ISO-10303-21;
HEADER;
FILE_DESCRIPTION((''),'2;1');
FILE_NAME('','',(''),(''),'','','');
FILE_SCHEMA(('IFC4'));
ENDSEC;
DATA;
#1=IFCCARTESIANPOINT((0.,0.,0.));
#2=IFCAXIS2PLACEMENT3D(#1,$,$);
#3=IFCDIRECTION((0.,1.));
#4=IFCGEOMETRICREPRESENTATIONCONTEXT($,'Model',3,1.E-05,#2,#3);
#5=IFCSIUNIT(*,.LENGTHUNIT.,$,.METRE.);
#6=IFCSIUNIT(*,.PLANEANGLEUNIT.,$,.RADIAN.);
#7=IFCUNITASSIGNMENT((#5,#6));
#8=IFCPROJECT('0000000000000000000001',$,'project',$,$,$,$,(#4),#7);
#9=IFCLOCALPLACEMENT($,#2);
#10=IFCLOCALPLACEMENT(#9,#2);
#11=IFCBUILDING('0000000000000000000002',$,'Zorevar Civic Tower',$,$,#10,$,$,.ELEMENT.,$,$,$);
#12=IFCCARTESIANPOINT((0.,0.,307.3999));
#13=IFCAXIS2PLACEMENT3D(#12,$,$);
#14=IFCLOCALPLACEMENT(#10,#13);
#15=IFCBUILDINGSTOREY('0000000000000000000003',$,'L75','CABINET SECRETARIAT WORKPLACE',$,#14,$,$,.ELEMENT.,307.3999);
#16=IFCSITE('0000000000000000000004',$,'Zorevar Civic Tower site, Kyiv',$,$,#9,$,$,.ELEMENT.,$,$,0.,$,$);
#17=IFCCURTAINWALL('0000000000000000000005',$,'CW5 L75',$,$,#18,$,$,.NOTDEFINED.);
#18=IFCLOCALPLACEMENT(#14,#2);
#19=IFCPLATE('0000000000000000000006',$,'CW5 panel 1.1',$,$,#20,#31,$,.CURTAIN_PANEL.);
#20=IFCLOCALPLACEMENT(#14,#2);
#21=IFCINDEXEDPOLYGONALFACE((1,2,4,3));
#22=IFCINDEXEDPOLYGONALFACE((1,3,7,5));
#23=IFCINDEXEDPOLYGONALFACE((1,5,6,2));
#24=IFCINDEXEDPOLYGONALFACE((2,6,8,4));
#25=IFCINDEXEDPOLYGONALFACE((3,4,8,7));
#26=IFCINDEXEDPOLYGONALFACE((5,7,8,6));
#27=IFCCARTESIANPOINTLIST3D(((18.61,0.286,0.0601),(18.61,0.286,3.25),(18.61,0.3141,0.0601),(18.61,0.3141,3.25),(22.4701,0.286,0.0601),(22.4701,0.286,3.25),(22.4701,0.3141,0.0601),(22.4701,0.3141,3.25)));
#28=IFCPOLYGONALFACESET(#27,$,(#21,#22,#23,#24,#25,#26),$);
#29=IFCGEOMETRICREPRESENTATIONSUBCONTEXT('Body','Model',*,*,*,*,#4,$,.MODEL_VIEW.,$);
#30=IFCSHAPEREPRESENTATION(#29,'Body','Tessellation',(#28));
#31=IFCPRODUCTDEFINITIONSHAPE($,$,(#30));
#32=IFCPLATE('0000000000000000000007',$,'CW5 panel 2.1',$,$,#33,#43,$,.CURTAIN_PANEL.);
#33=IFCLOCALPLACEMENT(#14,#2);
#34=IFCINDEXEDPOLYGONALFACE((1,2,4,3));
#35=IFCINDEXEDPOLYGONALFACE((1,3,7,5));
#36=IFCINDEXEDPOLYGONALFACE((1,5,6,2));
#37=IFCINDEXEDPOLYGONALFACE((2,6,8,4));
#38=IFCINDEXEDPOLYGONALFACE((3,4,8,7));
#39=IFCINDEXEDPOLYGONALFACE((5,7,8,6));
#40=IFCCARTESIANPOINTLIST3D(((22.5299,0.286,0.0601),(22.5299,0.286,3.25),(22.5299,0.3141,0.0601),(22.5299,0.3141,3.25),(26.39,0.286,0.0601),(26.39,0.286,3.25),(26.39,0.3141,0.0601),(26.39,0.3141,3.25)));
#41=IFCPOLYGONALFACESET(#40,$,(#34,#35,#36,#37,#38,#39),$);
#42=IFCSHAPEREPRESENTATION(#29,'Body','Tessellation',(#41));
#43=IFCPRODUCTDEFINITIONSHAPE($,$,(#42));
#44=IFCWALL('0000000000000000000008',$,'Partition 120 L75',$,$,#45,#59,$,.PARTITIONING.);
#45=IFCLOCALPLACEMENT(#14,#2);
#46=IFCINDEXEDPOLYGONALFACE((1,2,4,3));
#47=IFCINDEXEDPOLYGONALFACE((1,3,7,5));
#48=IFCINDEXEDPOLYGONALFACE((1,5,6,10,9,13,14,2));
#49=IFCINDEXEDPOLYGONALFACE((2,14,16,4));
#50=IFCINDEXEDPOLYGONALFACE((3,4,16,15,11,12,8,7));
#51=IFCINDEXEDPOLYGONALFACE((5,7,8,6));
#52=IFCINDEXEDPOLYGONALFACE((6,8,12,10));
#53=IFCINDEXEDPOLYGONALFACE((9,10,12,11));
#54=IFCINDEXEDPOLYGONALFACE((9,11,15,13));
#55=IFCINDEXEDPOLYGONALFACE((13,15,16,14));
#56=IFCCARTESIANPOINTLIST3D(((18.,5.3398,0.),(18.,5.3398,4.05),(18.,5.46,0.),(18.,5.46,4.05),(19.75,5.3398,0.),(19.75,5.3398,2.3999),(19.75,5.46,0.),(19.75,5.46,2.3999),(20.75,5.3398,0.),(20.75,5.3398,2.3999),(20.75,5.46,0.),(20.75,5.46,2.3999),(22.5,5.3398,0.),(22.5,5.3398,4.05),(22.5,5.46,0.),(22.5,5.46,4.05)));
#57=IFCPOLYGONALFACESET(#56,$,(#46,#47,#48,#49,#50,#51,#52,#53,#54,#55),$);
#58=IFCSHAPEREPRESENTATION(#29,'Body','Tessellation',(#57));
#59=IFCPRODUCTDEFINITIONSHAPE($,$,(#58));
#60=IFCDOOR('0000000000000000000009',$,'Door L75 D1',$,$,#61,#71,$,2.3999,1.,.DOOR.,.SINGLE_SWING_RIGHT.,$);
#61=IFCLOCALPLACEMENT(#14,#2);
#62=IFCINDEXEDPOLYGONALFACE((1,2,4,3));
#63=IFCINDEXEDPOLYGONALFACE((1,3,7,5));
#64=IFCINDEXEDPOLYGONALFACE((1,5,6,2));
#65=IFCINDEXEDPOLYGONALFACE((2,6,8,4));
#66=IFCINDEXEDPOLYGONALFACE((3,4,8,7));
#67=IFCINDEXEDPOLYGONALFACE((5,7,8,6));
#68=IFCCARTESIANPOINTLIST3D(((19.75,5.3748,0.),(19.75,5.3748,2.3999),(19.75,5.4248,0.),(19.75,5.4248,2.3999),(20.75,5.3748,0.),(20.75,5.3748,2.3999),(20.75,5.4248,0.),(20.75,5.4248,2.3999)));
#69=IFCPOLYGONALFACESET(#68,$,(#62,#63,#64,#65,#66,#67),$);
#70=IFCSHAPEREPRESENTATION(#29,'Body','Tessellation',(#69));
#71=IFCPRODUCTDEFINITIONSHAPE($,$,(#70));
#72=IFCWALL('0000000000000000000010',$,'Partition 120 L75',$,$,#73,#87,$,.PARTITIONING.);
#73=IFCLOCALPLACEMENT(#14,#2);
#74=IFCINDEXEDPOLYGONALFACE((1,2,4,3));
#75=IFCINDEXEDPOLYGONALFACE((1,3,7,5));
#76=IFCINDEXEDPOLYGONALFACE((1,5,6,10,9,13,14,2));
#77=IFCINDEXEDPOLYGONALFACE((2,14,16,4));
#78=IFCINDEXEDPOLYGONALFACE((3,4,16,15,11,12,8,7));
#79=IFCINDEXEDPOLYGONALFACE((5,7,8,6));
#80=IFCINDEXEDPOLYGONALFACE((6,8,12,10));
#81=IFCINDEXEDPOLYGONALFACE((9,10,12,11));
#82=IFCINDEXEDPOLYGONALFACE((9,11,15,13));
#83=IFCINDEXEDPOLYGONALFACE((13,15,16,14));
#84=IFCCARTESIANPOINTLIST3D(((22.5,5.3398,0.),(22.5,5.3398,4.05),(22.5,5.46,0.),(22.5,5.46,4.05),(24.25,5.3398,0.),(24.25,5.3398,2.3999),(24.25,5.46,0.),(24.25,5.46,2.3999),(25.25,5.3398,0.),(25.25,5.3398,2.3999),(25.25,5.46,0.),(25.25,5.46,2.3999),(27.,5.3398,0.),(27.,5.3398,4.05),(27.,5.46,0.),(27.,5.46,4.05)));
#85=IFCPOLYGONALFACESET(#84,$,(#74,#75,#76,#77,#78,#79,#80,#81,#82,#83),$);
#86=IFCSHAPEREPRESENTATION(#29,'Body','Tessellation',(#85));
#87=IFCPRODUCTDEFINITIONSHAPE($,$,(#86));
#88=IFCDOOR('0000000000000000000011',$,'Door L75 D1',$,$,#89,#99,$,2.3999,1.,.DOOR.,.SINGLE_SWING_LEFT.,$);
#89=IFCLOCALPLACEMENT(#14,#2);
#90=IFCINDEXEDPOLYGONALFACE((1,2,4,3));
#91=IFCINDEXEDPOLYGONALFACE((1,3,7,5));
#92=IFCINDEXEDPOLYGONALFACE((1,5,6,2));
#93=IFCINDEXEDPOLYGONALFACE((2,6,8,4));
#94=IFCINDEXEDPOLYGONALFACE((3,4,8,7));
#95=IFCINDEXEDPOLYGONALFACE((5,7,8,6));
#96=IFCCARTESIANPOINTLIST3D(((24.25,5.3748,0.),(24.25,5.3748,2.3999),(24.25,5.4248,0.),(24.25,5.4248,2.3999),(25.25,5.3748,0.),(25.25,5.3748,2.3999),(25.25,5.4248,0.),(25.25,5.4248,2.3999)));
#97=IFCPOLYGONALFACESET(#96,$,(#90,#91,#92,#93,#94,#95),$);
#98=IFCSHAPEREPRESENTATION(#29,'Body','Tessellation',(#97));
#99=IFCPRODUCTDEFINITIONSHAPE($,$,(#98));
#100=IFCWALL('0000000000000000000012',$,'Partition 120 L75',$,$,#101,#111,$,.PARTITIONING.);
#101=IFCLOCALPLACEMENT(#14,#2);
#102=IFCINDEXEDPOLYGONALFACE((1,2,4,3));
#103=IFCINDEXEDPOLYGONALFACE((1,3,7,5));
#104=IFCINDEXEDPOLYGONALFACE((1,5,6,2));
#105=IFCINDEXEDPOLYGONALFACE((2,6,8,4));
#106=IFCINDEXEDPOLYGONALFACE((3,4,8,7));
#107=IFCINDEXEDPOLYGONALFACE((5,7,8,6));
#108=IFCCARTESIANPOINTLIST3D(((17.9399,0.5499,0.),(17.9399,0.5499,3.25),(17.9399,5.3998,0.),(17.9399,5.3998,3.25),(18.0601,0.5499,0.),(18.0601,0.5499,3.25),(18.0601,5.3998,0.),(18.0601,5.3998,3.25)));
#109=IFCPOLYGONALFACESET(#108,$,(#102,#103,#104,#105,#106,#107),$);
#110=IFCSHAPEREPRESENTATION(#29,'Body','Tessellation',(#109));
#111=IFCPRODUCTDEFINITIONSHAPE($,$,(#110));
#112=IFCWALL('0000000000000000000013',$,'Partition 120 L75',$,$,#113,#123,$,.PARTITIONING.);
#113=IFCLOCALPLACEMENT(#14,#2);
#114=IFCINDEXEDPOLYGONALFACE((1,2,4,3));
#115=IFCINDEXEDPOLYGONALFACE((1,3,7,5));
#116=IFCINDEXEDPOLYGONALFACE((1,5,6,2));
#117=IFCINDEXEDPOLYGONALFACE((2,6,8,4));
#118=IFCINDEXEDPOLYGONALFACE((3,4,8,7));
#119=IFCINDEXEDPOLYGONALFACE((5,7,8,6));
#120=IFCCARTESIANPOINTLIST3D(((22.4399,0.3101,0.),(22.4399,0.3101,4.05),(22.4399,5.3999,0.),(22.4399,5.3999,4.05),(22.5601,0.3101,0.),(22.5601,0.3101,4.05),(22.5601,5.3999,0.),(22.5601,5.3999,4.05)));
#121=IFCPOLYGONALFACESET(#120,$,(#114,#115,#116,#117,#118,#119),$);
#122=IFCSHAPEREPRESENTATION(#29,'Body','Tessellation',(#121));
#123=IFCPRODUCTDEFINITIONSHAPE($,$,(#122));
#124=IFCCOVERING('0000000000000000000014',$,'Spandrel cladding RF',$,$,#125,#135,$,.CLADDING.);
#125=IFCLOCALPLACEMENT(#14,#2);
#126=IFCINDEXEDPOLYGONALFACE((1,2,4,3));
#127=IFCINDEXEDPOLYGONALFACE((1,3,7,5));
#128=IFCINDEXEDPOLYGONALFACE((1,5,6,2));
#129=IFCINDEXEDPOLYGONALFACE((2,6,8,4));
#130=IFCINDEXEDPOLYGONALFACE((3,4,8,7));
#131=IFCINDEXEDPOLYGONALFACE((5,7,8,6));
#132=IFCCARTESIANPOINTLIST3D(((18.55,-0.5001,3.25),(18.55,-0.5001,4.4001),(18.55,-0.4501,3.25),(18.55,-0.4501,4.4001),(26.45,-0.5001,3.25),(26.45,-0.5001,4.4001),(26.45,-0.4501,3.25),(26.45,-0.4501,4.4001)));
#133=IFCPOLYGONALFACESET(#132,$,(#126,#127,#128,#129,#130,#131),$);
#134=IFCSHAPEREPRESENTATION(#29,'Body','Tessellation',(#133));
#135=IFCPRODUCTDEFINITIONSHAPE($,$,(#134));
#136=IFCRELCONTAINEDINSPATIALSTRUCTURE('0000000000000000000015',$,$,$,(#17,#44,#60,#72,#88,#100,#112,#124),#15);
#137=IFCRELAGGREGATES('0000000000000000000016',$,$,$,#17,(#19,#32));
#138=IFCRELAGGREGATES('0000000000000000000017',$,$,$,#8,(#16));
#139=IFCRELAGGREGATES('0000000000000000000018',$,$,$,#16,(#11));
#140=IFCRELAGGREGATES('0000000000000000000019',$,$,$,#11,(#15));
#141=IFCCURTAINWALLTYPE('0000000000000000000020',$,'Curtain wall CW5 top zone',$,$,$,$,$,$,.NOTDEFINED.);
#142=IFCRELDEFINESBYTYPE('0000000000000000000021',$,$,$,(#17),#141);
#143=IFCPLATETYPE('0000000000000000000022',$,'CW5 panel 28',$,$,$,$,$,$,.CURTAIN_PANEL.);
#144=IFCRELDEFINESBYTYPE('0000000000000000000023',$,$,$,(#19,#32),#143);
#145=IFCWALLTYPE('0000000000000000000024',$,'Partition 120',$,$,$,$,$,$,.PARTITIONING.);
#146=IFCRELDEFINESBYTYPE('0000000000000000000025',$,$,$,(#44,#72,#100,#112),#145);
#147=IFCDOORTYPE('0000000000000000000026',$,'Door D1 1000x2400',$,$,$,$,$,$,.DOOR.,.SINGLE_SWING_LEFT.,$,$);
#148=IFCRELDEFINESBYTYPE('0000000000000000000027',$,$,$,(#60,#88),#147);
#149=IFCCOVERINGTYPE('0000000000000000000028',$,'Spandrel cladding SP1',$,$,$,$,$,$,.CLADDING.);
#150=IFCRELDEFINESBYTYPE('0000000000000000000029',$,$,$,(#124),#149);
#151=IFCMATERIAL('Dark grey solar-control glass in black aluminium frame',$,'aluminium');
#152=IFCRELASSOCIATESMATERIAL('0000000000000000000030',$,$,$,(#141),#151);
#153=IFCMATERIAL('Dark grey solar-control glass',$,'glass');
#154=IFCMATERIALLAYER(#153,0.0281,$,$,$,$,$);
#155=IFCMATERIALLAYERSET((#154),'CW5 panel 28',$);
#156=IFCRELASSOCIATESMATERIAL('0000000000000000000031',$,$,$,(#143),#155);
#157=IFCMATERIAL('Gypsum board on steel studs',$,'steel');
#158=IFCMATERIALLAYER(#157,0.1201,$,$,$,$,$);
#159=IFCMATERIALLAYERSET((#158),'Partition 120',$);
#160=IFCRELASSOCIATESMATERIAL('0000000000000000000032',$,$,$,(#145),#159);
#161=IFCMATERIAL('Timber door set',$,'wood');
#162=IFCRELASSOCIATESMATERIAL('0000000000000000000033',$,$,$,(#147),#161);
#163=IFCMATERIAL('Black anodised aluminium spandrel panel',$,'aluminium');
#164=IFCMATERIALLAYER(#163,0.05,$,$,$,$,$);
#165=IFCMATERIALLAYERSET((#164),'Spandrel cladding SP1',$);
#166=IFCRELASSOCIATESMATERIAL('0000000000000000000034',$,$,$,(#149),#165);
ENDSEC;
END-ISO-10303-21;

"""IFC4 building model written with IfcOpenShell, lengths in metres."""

from ifc_helpers import new_model, si_unit, direction, frame, frame_2d, origin, origin_2d, place, context, subcontext, project, spatial, rectangle, extrude, material, layer, layer_set, type_object, element, fill, aggregate, save


model = new_model("IFC4")

# Units and contexts
model_context = context("Model", 3, precision=1e-05, world=origin(), true_north=direction((0.0, 1.0)))
body_context = subcontext(model_context, "Body", "Model", "MODEL_VIEW")
ifc_project = project(units=[si_unit("LENGTHUNIT", "METRE"), si_unit("PLANEANGLEUNIT", "RADIAN")], contexts=[model_context])

# Site, building, storey
site_placement = place(None, origin())
site = spatial("IfcSite", under=ifc_project, at=site_placement, Name="Zorevar Civic Tower site, Kyiv", CompositionType="ELEMENT", RefElevation=0.0)
building_placement = place(site_placement, origin())
building = spatial("IfcBuilding", under=site, at=building_placement, Name="Zorevar Civic Tower", CompositionType="ELEMENT")
storey_placement = place(building_placement, frame((0.0, 0.0, 307.3999)))
storey = spatial("IfcBuildingStorey", under=building, at=storey_placement, Name="L75", Description="CABINET SECRETARIAT WORKPLACE", CompositionType="ELEMENT", Elevation=307.3999)

# Curtain wall
ifc_material_1 = material(Name="Dark grey solar-control glass in black aluminium frame", Category="aluminium")
curtain_wall_type = type_object("IfcCurtainWallType", Name="Curtain wall CW5 top zone", PredefinedType="NOTDEFINED", material=ifc_material_1)
curtain_wall_placement = place(storey_placement, origin())
curtain_wall = element("IfcCurtainWall", 1, at=curtain_wall_placement, inside=storey, type_object=curtain_wall_type, Name="CW5 L75", PredefinedType="NOTDEFINED")

# Plates
ifc_material_2 = material(Name="Dark grey solar-control glass", Category="glass")
ifc_layer_1 = layer(ifc_material_2, 0.0281)
ifc_layer_set_1 = layer_set([ifc_layer_1], Name="CW5 panel 28")
plate_type = type_object("IfcPlateType", Name="CW5 panel 28", PredefinedType="CURTAIN_PANEL", material=ifc_layer_set_1)
plate_1_placement = place(storey_placement, frame((20.54, 0.3, 0.0601), z_axis=(0.0, 0.0, 1.0), x_axis=(1.0, 0.0, 0.0)))
plate_1 = element("IfcPlate", 2, at=plate_1_placement, type_object=plate_type, Name="CW5 panel 1.1", PredefinedType="CURTAIN_PANEL", context=body_context, shape_type="SweptSolid", body=[
    extrude(rectangle(XDim=3.8601, YDim=0.0281, at=origin_2d()), origin(), (0.0, 0.0, 1.0), 3.1899),
])
plate_2_placement = place(storey_placement, frame((24.46, 0.3, 0.0601), z_axis=(0.0, 0.0, 1.0), x_axis=(1.0, 0.0, 0.0)))
plate_2 = element("IfcPlate", 3, at=plate_2_placement, type_object=plate_type, Name="CW5 panel 2.1", PredefinedType="CURTAIN_PANEL", context=body_context, shape_type="SweptSolid", body=[
    extrude(rectangle(XDim=3.8601, YDim=0.0281, at=origin_2d()), origin(), (0.0, 0.0, 1.0), 3.1899),
])
aggregate(curtain_wall, [plate_1, plate_2])

# Walls, openings, doors
ifc_material_3 = material(Name="Gypsum board on steel studs", Category="steel")
ifc_layer_2 = layer(ifc_material_3, 0.1201)
ifc_layer_set_2 = layer_set([ifc_layer_2], Name="Partition 120")
wall_type = type_object("IfcWallType", Name="Partition 120", PredefinedType="PARTITIONING", material=ifc_layer_set_2)
wall_1_placement = place(storey_placement, frame((18.0, 5.3999, 0.0), z_axis=(0.0, 0.0, 1.0), x_axis=(1.0, 0.0, 0.0)))
wall_1 = element("IfcWall", 4, at=wall_1_placement, inside=storey, type_object=wall_type, Name="Partition 120 L75", PredefinedType="PARTITIONING", context=body_context, shape_type="SweptSolid", body=[
    extrude(rectangle(XDim=4.5, YDim=0.1201, at=frame_2d((2.25, 0.0))), origin(), (0.0, 0.0, 1.0), 4.05),
])
opening_1_placement = place(wall_1_placement, frame((1.75, 0.0, 0.0)))
opening_1 = element("IfcOpeningElement", 5, at=opening_1_placement, cuts=wall_1, PredefinedType="OPENING", context=body_context, shape_type="SweptSolid", body=[
    extrude(rectangle(XDim=1.0, YDim=2.3999, at=frame_2d((0.5, 1.2))), frame((0.0, 0.0701, 0.0), z_axis=(0.0, -1.0, 0.0), x_axis=(1.0, 0.0, 0.0)), (0.0, 0.0, 1.0), 0.1401),
])
ifc_material_4 = material(Name="Timber door set", Category="wood")
door_type = type_object("IfcDoorType", Name="Door D1 1000x2400", OperationType="SINGLE_SWING_LEFT", PredefinedType="DOOR", material=ifc_material_4)
door_1_placement = place(opening_1_placement, origin())
door_1 = element("IfcDoor", 6, at=door_1_placement, inside=storey, type_object=door_type, Name="Door L75 D1", OperationType="SINGLE_SWING_RIGHT", OverallHeight=2.3999, OverallWidth=1.0, PredefinedType="DOOR", context=body_context, shape_type="SweptSolid", body=[
    extrude(rectangle(XDim=1.0, YDim=2.3999, at=frame_2d((0.5, 1.2))), frame((0.0, 0.0249, 0.0), z_axis=(0.0, -1.0, 0.0), x_axis=(1.0, 0.0, 0.0)), (0.0, 0.0, 1.0), 0.05),
])
fill(opening_1, door_1)
wall_2_placement = place(storey_placement, frame((22.5, 5.3999, 0.0), z_axis=(0.0, 0.0, 1.0), x_axis=(1.0, 0.0, 0.0)))
wall_2 = element("IfcWall", 7, at=wall_2_placement, inside=storey, type_object=wall_type, Name="Partition 120 L75", PredefinedType="PARTITIONING", context=body_context, shape_type="SweptSolid", body=[
    extrude(rectangle(XDim=4.5, YDim=0.1201, at=frame_2d((2.25, 0.0))), origin(), (0.0, 0.0, 1.0), 4.05),
])
opening_2_placement = place(wall_2_placement, frame((1.75, 0.0, 0.0)))
opening_2 = element("IfcOpeningElement", 8, at=opening_2_placement, cuts=wall_2, PredefinedType="OPENING", context=body_context, shape_type="SweptSolid", body=[
    extrude(rectangle(XDim=1.0, YDim=2.3999, at=frame_2d((0.5, 1.2))), frame((0.0, 0.0701, 0.0), z_axis=(0.0, -1.0, 0.0), x_axis=(1.0, 0.0, 0.0)), (0.0, 0.0, 1.0), 0.1401),
])
door_2_placement = place(opening_2_placement, origin())
door_2 = element("IfcDoor", 9, at=door_2_placement, inside=storey, type_object=door_type, Name="Door L75 D1", OperationType="SINGLE_SWING_LEFT", OverallHeight=2.3999, OverallWidth=1.0, PredefinedType="DOOR", context=body_context, shape_type="SweptSolid", body=[
    extrude(rectangle(XDim=1.0, YDim=2.3999, at=frame_2d((0.5, 1.2))), frame((0.0, 0.0249, 0.0), z_axis=(0.0, -1.0, 0.0), x_axis=(1.0, 0.0, 0.0)), (0.0, 0.0, 1.0), 0.05),
])
fill(opening_2, door_2)

# Walls
wall_3_placement = place(storey_placement, frame((18.0, 0.55, 0.0), z_axis=(0.0, 0.0, 1.0), x_axis=(0.0, 1.0, 0.0)))
element("IfcWall", 10, at=wall_3_placement, inside=storey, type_object=wall_type, Name="Partition 120 L75", PredefinedType="PARTITIONING", context=body_context, shape_type="SweptSolid", body=[
    extrude(rectangle(XDim=4.8499, YDim=0.1201, at=frame_2d((2.4248, 0.0))), origin(), (0.0, 0.0, 1.0), 3.25),
])
wall_4_placement = place(storey_placement, frame((22.5, 0.3101, 0.0), z_axis=(0.0, 0.0, 1.0), x_axis=(0.0, 1.0, 0.0)))
element("IfcWall", 11, at=wall_4_placement, inside=storey, type_object=wall_type, Name="Partition 120 L75", PredefinedType="PARTITIONING", context=body_context, shape_type="SweptSolid", body=[
    extrude(rectangle(XDim=5.0898, YDim=0.1201, at=frame_2d((2.5449, 0.0))), origin(), (0.0, 0.0, 1.0), 4.05),
])

# Covering
ifc_material_5 = material(Name="Black anodised aluminium spandrel panel", Category="aluminium")
ifc_layer_3 = layer(ifc_material_5, 0.05)
ifc_layer_set_3 = layer_set([ifc_layer_3], Name="Spandrel cladding SP1")
covering_type = type_object("IfcCoveringType", Name="Spandrel cladding SP1", PredefinedType="CLADDING", material=ifc_layer_set_3)
covering_placement = place(storey_placement, frame((18.55, -0.4751, 3.25), z_axis=(0.0, 0.0, 1.0), x_axis=(1.0, 0.0, 0.0)))
element("IfcCovering", 12, at=covering_placement, inside=storey, type_object=covering_type, Name="Spandrel cladding RF", PredefinedType="CLADDING", context=body_context, shape_type="SweptSolid", body=[
    extrude(rectangle(XDim=7.8999, YDim=0.05, at=frame_2d((3.95, 0.0))), origin(), (0.0, 0.0, 1.0), 1.1501),
])

save(model, "model.ifc")
